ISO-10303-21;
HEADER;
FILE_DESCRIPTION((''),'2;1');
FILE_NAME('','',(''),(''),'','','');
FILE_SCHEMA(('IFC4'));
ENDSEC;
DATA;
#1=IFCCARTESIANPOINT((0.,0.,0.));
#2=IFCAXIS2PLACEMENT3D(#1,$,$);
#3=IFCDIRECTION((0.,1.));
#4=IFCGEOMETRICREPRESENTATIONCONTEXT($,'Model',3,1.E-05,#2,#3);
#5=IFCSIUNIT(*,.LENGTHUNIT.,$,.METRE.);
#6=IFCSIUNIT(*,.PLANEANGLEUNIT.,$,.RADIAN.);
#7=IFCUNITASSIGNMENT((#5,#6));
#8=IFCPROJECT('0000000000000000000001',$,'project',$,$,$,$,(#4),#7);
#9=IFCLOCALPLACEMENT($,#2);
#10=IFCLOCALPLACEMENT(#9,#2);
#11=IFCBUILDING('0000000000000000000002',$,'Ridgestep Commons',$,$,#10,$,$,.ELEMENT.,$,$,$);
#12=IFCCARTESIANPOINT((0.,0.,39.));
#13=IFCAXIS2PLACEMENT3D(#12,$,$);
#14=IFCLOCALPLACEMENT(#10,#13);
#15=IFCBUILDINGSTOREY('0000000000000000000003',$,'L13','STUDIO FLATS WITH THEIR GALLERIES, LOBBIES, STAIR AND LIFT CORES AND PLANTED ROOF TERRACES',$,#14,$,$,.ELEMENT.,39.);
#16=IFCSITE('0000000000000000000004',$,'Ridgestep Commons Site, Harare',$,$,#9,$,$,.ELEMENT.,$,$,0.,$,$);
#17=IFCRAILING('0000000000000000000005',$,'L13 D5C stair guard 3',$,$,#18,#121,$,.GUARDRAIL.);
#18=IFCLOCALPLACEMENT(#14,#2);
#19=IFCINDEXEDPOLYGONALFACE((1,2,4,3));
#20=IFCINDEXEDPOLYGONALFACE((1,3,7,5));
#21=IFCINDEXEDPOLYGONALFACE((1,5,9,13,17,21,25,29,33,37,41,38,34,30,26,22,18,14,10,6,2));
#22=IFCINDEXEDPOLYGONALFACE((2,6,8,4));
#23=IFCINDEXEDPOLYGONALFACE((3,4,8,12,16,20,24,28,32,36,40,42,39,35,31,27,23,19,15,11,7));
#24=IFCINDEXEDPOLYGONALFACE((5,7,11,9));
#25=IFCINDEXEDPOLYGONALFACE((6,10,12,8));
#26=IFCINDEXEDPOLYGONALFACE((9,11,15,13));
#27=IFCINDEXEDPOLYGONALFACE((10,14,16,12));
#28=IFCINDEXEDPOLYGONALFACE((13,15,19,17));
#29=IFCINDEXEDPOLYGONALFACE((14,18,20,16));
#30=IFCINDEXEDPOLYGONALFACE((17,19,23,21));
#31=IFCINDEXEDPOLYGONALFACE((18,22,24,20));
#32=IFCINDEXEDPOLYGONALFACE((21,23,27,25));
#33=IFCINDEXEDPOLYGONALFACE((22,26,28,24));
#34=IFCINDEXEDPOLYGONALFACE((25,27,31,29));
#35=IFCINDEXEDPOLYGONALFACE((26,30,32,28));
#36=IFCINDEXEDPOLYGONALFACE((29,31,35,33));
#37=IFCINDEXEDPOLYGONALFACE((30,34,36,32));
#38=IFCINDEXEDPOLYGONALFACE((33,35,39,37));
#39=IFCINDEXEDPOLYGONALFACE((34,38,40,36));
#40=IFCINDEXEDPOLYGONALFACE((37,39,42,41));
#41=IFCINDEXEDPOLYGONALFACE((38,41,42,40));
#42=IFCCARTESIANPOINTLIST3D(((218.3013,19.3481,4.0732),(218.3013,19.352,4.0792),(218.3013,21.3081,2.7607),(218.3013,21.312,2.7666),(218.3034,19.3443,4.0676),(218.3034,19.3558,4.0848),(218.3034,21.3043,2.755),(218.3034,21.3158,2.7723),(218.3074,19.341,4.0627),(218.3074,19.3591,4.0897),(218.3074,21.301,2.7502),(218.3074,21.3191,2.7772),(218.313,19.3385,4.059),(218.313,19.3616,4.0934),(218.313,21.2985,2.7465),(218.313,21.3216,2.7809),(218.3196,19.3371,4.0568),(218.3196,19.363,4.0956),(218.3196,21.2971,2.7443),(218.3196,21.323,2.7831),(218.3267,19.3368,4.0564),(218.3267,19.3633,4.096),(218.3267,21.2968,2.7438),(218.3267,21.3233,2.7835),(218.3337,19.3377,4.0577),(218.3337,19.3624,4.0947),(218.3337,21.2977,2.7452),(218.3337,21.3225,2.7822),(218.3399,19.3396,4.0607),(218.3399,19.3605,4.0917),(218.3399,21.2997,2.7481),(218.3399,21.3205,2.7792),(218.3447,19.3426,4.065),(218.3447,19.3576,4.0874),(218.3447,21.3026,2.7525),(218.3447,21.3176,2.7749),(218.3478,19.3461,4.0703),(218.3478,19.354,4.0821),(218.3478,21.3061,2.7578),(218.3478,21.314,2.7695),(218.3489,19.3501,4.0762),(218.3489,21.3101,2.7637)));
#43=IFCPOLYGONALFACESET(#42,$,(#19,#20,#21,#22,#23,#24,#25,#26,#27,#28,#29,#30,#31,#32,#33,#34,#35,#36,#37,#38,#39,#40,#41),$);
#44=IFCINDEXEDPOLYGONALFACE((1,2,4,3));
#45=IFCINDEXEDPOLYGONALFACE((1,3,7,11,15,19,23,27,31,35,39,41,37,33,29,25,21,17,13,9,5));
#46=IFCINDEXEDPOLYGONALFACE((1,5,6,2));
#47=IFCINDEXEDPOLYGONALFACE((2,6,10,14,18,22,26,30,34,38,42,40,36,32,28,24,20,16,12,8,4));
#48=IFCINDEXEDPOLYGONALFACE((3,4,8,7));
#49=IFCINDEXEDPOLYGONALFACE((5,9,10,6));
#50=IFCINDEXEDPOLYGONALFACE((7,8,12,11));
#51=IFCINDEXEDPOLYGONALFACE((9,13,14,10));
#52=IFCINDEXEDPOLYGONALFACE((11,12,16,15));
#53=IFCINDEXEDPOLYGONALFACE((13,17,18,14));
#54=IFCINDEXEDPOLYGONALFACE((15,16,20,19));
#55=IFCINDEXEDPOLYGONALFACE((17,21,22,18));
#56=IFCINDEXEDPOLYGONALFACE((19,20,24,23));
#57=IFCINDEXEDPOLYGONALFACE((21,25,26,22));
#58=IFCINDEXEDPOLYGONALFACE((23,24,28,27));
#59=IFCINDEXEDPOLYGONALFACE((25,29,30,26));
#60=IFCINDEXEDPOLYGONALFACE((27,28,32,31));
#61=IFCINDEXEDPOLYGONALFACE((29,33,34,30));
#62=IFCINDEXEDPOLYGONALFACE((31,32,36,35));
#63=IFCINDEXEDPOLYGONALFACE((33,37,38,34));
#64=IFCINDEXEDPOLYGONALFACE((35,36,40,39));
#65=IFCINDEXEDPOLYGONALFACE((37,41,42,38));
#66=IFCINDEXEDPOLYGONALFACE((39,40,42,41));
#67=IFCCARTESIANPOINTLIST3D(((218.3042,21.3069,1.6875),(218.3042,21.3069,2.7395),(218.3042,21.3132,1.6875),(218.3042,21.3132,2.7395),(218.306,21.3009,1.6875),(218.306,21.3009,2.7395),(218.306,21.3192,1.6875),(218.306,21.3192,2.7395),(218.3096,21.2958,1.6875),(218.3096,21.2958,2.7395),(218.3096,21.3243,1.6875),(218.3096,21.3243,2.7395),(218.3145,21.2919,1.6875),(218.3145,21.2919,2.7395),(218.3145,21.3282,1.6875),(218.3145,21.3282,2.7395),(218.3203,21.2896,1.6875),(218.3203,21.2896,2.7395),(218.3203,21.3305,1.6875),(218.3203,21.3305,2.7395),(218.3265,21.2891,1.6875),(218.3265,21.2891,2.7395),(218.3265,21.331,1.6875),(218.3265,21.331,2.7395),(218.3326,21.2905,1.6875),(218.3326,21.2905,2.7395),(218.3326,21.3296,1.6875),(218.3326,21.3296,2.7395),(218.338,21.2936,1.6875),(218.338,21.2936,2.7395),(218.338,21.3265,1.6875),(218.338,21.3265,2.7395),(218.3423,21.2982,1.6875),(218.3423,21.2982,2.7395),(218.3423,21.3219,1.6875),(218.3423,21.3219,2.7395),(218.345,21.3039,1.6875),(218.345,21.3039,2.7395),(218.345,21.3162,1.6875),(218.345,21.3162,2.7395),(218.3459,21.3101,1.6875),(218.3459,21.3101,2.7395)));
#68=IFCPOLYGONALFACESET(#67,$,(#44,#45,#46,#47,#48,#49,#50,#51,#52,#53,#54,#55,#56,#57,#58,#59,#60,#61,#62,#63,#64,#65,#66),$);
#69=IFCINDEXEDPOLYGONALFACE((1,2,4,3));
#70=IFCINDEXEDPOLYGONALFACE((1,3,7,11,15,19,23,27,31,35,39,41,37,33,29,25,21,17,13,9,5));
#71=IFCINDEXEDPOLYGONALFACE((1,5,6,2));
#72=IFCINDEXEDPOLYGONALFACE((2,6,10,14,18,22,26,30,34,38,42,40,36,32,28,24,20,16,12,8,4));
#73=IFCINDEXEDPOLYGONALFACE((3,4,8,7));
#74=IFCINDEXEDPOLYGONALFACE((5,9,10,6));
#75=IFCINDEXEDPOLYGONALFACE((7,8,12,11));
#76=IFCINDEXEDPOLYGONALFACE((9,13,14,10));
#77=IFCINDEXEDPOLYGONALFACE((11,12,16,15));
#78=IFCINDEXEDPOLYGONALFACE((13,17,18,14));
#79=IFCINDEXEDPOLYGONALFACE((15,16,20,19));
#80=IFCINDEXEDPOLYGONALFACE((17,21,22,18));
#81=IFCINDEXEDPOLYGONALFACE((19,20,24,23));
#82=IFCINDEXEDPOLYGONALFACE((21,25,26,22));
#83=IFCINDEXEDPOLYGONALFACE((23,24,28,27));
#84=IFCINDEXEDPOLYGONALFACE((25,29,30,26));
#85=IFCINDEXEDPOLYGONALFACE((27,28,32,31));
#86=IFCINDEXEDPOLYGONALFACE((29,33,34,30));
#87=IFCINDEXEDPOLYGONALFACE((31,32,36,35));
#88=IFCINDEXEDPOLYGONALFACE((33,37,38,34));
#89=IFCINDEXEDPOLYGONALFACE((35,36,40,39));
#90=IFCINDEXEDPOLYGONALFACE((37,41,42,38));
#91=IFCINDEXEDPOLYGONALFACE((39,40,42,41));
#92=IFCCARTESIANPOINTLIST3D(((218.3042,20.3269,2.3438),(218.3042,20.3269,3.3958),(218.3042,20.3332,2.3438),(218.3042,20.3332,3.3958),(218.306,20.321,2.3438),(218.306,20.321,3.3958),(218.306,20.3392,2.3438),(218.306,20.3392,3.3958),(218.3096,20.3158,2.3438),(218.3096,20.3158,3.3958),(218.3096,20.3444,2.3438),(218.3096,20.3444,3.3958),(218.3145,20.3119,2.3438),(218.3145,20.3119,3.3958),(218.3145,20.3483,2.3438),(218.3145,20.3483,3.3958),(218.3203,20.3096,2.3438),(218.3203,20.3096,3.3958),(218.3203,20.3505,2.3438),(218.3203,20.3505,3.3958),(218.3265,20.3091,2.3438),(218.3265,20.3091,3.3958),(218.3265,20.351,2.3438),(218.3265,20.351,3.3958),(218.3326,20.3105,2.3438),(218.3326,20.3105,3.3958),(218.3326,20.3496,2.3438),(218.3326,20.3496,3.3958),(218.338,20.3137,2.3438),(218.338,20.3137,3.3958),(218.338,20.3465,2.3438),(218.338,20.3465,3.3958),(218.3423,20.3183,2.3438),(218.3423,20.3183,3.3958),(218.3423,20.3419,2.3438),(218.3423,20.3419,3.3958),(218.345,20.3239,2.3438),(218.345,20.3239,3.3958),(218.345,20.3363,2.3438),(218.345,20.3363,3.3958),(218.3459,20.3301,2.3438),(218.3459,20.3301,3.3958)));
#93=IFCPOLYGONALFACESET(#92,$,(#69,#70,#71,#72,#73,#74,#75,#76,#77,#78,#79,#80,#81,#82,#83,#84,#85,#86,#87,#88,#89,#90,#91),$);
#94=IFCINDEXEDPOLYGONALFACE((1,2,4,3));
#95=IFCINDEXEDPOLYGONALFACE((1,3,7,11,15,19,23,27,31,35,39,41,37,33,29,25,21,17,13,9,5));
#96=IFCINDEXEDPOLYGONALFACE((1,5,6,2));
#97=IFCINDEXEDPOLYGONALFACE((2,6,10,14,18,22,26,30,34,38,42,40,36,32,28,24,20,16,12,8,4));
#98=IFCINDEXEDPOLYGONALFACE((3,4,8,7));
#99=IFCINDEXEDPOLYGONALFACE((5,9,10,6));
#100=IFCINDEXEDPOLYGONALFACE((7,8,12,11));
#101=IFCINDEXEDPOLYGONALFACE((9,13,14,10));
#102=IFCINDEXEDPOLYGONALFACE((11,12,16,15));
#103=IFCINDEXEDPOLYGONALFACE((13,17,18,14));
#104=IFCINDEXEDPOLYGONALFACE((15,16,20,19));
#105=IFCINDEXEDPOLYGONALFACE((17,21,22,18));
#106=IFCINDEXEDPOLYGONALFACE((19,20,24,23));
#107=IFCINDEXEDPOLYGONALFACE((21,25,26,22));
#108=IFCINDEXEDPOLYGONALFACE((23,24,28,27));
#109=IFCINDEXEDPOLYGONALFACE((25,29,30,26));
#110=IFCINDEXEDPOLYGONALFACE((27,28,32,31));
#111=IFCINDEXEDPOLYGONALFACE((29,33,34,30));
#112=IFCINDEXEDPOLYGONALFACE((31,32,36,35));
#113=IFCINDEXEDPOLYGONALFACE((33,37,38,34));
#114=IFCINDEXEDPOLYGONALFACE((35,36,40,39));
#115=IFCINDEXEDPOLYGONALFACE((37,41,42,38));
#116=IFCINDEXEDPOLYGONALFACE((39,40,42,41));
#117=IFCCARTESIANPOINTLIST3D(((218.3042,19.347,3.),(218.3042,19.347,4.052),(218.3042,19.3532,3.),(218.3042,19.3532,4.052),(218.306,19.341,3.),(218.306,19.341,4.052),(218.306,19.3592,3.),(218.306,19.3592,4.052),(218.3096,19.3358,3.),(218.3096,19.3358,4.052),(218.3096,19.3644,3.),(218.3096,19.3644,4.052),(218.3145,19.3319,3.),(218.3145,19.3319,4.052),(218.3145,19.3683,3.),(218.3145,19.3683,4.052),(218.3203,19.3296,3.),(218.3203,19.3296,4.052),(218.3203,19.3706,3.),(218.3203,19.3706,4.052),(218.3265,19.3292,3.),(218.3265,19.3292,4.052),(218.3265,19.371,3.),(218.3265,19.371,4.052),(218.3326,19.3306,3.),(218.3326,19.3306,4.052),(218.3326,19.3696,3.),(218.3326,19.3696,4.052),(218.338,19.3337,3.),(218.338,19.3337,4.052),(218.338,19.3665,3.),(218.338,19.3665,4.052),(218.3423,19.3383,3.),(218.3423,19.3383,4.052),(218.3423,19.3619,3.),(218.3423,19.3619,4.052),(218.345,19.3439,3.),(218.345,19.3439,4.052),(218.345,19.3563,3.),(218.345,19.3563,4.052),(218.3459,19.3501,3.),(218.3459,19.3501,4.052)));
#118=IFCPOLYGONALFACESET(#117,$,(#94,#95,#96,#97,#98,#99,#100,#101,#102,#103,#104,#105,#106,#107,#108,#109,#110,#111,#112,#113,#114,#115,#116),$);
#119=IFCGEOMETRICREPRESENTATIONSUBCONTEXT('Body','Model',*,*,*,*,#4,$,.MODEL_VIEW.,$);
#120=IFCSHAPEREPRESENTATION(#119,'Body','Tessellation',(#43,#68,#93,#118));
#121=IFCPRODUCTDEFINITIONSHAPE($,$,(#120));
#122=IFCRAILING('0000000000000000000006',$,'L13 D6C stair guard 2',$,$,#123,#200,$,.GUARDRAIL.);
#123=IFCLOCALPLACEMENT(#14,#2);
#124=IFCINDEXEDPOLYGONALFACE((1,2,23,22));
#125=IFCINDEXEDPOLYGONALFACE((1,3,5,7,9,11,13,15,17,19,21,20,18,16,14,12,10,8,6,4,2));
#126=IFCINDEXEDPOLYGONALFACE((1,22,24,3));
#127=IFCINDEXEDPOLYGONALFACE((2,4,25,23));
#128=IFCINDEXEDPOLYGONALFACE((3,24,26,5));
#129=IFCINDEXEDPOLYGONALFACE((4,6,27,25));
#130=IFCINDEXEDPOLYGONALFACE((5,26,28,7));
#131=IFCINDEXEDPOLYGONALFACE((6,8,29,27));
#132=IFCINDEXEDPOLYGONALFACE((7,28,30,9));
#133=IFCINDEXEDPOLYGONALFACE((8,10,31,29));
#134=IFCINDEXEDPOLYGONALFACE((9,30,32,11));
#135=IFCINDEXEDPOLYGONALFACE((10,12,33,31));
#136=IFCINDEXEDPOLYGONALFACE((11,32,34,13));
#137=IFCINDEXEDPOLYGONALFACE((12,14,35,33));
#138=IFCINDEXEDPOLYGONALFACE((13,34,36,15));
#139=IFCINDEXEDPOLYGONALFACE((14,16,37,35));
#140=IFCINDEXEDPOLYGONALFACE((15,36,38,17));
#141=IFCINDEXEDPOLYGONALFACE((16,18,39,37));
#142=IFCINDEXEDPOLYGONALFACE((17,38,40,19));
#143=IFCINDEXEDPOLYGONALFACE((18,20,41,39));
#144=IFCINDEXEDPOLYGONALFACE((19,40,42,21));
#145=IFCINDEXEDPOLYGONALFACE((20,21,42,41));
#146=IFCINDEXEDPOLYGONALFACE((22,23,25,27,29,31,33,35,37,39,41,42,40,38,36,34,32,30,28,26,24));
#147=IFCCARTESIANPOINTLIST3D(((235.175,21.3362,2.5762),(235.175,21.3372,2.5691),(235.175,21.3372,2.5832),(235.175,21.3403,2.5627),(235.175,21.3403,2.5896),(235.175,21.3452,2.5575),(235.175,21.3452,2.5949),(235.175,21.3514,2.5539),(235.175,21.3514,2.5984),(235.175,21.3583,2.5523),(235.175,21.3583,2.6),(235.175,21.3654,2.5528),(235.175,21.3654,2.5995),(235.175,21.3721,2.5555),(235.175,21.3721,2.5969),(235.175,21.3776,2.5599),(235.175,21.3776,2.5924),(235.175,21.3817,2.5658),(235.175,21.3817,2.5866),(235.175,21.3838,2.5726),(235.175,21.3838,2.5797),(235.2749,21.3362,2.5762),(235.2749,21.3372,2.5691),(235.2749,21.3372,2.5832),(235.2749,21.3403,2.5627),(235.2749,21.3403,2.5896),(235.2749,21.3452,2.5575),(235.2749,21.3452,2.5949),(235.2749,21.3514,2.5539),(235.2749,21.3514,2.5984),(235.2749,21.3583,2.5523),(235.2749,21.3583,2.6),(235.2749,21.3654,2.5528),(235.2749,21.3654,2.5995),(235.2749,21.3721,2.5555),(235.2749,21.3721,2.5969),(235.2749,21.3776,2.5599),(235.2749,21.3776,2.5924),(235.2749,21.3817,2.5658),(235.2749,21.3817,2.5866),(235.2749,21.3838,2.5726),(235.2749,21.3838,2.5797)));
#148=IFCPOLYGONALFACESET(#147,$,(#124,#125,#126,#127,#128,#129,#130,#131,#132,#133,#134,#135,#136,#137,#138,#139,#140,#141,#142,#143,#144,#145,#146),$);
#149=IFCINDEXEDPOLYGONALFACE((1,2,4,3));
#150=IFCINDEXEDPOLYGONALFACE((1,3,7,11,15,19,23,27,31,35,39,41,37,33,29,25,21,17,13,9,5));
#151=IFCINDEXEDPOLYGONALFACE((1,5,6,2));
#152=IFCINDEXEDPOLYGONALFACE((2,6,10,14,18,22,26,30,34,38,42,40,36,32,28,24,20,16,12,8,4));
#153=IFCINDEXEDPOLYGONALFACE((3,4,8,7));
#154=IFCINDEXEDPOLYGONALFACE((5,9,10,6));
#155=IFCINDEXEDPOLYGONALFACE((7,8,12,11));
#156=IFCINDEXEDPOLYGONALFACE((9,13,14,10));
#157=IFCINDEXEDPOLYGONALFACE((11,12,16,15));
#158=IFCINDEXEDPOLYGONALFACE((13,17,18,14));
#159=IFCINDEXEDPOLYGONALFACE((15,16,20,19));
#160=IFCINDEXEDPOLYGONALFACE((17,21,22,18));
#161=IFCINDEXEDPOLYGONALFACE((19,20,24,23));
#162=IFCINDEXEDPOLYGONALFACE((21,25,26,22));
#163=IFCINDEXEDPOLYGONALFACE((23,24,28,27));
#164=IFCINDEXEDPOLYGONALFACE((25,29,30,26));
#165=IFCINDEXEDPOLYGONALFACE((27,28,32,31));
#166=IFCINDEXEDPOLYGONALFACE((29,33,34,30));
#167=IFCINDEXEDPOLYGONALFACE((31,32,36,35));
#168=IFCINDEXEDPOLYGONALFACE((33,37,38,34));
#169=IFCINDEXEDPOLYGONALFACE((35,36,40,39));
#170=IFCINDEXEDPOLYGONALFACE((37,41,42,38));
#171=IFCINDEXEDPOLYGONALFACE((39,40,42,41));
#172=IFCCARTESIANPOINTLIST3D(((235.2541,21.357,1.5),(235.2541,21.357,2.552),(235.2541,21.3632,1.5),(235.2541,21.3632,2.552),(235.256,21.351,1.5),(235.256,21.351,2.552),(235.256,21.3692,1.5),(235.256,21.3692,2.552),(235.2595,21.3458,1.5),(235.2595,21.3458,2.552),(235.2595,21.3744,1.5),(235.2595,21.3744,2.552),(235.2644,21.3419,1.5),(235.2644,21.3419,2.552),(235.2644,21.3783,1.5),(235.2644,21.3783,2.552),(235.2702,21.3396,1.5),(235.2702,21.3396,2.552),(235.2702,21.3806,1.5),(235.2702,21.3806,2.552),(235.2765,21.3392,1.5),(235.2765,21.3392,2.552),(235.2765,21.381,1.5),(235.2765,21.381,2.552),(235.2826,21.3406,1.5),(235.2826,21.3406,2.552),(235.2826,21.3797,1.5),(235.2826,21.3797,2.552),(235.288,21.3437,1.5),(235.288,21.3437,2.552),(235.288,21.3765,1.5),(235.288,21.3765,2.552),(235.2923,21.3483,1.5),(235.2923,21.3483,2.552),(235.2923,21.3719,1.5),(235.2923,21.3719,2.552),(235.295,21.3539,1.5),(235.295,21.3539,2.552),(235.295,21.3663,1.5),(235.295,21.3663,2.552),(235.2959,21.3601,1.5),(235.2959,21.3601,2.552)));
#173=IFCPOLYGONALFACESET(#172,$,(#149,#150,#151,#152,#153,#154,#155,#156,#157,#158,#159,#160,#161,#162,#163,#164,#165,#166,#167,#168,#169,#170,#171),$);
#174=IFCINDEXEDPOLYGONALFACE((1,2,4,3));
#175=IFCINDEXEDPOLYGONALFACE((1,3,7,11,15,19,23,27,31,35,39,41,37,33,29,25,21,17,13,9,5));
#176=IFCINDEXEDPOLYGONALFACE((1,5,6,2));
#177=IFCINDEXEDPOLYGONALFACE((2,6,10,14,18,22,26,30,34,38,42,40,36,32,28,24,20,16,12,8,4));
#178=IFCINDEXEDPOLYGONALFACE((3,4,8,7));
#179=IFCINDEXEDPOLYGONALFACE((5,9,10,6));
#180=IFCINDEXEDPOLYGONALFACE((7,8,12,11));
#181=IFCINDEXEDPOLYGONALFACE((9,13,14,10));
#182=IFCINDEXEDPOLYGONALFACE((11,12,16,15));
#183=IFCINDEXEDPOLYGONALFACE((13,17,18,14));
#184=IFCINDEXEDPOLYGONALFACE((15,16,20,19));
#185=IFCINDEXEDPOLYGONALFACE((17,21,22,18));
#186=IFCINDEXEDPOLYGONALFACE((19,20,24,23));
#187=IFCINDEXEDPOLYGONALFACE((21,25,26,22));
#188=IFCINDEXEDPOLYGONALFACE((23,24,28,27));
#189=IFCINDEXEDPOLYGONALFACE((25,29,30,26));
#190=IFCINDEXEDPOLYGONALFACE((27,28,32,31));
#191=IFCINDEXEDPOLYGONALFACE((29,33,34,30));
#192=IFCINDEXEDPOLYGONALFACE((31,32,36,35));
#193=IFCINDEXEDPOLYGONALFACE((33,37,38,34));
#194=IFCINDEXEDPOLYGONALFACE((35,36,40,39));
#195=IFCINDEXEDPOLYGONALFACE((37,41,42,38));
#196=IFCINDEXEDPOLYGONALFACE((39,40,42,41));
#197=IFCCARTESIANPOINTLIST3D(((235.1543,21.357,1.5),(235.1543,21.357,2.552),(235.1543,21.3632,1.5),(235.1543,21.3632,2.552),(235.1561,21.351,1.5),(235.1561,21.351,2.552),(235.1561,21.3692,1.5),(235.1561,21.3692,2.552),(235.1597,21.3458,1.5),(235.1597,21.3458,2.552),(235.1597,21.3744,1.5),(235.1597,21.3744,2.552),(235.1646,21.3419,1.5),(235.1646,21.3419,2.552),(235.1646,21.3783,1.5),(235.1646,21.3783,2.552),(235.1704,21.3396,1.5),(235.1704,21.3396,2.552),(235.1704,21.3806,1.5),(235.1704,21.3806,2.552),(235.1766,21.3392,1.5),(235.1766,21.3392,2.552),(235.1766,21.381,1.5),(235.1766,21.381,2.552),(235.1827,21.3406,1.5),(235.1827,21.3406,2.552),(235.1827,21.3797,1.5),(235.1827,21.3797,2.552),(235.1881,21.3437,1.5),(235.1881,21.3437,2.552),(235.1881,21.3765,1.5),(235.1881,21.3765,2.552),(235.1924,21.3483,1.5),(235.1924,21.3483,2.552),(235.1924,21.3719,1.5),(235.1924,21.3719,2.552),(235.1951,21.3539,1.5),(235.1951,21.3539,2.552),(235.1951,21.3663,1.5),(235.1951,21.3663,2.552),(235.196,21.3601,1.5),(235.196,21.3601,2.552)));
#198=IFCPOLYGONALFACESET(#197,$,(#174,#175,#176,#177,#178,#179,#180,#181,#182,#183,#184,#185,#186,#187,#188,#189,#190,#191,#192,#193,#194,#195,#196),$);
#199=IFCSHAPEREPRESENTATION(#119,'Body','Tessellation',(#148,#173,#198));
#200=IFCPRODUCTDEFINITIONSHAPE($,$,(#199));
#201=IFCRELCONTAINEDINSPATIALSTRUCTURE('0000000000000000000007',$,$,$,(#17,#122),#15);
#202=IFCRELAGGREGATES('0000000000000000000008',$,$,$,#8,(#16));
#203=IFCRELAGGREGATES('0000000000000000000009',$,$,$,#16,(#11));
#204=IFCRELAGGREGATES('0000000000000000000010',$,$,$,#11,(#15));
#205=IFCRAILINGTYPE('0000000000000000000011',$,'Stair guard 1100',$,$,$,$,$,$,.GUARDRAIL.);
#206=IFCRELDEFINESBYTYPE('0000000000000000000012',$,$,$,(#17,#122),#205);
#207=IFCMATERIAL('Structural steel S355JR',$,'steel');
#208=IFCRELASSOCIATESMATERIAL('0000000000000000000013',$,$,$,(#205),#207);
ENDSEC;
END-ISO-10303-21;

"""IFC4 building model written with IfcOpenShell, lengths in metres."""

from ifc_helpers import new_model, si_unit, direction, frame, origin, origin_2d, place, context, subcontext, project, spatial, circle, extrude, material, type_object, element, save


model = new_model("IFC4")

# Units and contexts
model_context = context("Model", 3, precision=1e-05, world=origin(), true_north=direction((0.0, 1.0)))
body_context = subcontext(model_context, "Body", "Model", "MODEL_VIEW")
ifc_project = project(units=[si_unit("LENGTHUNIT", "METRE"), si_unit("PLANEANGLEUNIT", "RADIAN")], contexts=[model_context])

# Site, building, storey
site_placement = place(None, origin())
site = spatial("IfcSite", under=ifc_project, at=site_placement, Name="Ridgestep Commons Site, Harare", CompositionType="ELEMENT", RefElevation=0.0)
building_placement = place(site_placement, origin())
building = spatial("IfcBuilding", under=site, at=building_placement, Name="Ridgestep Commons", CompositionType="ELEMENT")
storey_placement = place(building_placement, frame((0.0, 0.0, 39.0)))
storey = spatial("IfcBuildingStorey", under=building, at=storey_placement, Name="L13", Description="STUDIO FLATS WITH THEIR GALLERIES, LOBBIES, STAIR AND LIFT CORES AND PLANTED ROOF TERRACES", CompositionType="ELEMENT", Elevation=39.0)

# Railings
ifc_material_1 = material(Name="Structural steel S355JR", Category="steel")
railing_type_1 = type_object("IfcRailingType", Name="Stair guard 1100", PredefinedType="GUARDRAIL", material=ifc_material_1)
railing_1_placement = place(storey_placement, frame((218.325, 21.3101, 1.6875)))
element("IfcRailing", 1, at=railing_1_placement, inside=storey, type_object=railing_type_1, Name="L13 D5C stair guard 3", PredefinedType="GUARDRAIL", context=body_context, shape_type="SweptSolid", body=[
    extrude(circle(Radius=0.0239, at=origin_2d()), frame((0.0, 0.0, 1.0762), z_axis=(0.0, -0.830902, 0.556419), x_axis=(1.0, 0.0, 0.0)), (0.0, 0.0, 1.0), 2.3589),
    extrude(circle(Radius=0.021, at=origin_2d()), origin(), (0.0, 0.0, 1.0), 1.052),
    extrude(circle(Radius=0.021, at=origin_2d()), frame((0.0, -0.98, 0.6562)), (0.0, 0.0, 1.0), 1.052),
    extrude(circle(Radius=0.021, at=origin_2d()), frame((0.0, -1.96, 1.3125)), (0.0, 0.0, 1.0), 1.052),
])
railing_2_placement = place(storey_placement, frame((235.2749, 21.3601, 1.5)))
element("IfcRailing", 2, at=railing_2_placement, inside=storey, type_object=railing_type_1, Name="L13 D6C stair guard 2", PredefinedType="GUARDRAIL", context=body_context, shape_type="SweptSolid", body=[
    extrude(circle(Radius=0.0239, at=origin_2d()), frame((0.0, 0.0, 1.0762), z_axis=(-1.0, 0.0, 0.0), x_axis=(0.0, -1.0, 0.0)), (0.0, 0.0, 1.0), 0.0999),
    extrude(circle(Radius=0.021, at=origin_2d()), origin(), (0.0, 0.0, 1.0), 1.052),
    extrude(circle(Radius=0.021, at=origin_2d()), frame((-0.0999, 0.0, 0.0)), (0.0, 0.0, 1.0), 1.052),
])

save(model, "model.ifc")
